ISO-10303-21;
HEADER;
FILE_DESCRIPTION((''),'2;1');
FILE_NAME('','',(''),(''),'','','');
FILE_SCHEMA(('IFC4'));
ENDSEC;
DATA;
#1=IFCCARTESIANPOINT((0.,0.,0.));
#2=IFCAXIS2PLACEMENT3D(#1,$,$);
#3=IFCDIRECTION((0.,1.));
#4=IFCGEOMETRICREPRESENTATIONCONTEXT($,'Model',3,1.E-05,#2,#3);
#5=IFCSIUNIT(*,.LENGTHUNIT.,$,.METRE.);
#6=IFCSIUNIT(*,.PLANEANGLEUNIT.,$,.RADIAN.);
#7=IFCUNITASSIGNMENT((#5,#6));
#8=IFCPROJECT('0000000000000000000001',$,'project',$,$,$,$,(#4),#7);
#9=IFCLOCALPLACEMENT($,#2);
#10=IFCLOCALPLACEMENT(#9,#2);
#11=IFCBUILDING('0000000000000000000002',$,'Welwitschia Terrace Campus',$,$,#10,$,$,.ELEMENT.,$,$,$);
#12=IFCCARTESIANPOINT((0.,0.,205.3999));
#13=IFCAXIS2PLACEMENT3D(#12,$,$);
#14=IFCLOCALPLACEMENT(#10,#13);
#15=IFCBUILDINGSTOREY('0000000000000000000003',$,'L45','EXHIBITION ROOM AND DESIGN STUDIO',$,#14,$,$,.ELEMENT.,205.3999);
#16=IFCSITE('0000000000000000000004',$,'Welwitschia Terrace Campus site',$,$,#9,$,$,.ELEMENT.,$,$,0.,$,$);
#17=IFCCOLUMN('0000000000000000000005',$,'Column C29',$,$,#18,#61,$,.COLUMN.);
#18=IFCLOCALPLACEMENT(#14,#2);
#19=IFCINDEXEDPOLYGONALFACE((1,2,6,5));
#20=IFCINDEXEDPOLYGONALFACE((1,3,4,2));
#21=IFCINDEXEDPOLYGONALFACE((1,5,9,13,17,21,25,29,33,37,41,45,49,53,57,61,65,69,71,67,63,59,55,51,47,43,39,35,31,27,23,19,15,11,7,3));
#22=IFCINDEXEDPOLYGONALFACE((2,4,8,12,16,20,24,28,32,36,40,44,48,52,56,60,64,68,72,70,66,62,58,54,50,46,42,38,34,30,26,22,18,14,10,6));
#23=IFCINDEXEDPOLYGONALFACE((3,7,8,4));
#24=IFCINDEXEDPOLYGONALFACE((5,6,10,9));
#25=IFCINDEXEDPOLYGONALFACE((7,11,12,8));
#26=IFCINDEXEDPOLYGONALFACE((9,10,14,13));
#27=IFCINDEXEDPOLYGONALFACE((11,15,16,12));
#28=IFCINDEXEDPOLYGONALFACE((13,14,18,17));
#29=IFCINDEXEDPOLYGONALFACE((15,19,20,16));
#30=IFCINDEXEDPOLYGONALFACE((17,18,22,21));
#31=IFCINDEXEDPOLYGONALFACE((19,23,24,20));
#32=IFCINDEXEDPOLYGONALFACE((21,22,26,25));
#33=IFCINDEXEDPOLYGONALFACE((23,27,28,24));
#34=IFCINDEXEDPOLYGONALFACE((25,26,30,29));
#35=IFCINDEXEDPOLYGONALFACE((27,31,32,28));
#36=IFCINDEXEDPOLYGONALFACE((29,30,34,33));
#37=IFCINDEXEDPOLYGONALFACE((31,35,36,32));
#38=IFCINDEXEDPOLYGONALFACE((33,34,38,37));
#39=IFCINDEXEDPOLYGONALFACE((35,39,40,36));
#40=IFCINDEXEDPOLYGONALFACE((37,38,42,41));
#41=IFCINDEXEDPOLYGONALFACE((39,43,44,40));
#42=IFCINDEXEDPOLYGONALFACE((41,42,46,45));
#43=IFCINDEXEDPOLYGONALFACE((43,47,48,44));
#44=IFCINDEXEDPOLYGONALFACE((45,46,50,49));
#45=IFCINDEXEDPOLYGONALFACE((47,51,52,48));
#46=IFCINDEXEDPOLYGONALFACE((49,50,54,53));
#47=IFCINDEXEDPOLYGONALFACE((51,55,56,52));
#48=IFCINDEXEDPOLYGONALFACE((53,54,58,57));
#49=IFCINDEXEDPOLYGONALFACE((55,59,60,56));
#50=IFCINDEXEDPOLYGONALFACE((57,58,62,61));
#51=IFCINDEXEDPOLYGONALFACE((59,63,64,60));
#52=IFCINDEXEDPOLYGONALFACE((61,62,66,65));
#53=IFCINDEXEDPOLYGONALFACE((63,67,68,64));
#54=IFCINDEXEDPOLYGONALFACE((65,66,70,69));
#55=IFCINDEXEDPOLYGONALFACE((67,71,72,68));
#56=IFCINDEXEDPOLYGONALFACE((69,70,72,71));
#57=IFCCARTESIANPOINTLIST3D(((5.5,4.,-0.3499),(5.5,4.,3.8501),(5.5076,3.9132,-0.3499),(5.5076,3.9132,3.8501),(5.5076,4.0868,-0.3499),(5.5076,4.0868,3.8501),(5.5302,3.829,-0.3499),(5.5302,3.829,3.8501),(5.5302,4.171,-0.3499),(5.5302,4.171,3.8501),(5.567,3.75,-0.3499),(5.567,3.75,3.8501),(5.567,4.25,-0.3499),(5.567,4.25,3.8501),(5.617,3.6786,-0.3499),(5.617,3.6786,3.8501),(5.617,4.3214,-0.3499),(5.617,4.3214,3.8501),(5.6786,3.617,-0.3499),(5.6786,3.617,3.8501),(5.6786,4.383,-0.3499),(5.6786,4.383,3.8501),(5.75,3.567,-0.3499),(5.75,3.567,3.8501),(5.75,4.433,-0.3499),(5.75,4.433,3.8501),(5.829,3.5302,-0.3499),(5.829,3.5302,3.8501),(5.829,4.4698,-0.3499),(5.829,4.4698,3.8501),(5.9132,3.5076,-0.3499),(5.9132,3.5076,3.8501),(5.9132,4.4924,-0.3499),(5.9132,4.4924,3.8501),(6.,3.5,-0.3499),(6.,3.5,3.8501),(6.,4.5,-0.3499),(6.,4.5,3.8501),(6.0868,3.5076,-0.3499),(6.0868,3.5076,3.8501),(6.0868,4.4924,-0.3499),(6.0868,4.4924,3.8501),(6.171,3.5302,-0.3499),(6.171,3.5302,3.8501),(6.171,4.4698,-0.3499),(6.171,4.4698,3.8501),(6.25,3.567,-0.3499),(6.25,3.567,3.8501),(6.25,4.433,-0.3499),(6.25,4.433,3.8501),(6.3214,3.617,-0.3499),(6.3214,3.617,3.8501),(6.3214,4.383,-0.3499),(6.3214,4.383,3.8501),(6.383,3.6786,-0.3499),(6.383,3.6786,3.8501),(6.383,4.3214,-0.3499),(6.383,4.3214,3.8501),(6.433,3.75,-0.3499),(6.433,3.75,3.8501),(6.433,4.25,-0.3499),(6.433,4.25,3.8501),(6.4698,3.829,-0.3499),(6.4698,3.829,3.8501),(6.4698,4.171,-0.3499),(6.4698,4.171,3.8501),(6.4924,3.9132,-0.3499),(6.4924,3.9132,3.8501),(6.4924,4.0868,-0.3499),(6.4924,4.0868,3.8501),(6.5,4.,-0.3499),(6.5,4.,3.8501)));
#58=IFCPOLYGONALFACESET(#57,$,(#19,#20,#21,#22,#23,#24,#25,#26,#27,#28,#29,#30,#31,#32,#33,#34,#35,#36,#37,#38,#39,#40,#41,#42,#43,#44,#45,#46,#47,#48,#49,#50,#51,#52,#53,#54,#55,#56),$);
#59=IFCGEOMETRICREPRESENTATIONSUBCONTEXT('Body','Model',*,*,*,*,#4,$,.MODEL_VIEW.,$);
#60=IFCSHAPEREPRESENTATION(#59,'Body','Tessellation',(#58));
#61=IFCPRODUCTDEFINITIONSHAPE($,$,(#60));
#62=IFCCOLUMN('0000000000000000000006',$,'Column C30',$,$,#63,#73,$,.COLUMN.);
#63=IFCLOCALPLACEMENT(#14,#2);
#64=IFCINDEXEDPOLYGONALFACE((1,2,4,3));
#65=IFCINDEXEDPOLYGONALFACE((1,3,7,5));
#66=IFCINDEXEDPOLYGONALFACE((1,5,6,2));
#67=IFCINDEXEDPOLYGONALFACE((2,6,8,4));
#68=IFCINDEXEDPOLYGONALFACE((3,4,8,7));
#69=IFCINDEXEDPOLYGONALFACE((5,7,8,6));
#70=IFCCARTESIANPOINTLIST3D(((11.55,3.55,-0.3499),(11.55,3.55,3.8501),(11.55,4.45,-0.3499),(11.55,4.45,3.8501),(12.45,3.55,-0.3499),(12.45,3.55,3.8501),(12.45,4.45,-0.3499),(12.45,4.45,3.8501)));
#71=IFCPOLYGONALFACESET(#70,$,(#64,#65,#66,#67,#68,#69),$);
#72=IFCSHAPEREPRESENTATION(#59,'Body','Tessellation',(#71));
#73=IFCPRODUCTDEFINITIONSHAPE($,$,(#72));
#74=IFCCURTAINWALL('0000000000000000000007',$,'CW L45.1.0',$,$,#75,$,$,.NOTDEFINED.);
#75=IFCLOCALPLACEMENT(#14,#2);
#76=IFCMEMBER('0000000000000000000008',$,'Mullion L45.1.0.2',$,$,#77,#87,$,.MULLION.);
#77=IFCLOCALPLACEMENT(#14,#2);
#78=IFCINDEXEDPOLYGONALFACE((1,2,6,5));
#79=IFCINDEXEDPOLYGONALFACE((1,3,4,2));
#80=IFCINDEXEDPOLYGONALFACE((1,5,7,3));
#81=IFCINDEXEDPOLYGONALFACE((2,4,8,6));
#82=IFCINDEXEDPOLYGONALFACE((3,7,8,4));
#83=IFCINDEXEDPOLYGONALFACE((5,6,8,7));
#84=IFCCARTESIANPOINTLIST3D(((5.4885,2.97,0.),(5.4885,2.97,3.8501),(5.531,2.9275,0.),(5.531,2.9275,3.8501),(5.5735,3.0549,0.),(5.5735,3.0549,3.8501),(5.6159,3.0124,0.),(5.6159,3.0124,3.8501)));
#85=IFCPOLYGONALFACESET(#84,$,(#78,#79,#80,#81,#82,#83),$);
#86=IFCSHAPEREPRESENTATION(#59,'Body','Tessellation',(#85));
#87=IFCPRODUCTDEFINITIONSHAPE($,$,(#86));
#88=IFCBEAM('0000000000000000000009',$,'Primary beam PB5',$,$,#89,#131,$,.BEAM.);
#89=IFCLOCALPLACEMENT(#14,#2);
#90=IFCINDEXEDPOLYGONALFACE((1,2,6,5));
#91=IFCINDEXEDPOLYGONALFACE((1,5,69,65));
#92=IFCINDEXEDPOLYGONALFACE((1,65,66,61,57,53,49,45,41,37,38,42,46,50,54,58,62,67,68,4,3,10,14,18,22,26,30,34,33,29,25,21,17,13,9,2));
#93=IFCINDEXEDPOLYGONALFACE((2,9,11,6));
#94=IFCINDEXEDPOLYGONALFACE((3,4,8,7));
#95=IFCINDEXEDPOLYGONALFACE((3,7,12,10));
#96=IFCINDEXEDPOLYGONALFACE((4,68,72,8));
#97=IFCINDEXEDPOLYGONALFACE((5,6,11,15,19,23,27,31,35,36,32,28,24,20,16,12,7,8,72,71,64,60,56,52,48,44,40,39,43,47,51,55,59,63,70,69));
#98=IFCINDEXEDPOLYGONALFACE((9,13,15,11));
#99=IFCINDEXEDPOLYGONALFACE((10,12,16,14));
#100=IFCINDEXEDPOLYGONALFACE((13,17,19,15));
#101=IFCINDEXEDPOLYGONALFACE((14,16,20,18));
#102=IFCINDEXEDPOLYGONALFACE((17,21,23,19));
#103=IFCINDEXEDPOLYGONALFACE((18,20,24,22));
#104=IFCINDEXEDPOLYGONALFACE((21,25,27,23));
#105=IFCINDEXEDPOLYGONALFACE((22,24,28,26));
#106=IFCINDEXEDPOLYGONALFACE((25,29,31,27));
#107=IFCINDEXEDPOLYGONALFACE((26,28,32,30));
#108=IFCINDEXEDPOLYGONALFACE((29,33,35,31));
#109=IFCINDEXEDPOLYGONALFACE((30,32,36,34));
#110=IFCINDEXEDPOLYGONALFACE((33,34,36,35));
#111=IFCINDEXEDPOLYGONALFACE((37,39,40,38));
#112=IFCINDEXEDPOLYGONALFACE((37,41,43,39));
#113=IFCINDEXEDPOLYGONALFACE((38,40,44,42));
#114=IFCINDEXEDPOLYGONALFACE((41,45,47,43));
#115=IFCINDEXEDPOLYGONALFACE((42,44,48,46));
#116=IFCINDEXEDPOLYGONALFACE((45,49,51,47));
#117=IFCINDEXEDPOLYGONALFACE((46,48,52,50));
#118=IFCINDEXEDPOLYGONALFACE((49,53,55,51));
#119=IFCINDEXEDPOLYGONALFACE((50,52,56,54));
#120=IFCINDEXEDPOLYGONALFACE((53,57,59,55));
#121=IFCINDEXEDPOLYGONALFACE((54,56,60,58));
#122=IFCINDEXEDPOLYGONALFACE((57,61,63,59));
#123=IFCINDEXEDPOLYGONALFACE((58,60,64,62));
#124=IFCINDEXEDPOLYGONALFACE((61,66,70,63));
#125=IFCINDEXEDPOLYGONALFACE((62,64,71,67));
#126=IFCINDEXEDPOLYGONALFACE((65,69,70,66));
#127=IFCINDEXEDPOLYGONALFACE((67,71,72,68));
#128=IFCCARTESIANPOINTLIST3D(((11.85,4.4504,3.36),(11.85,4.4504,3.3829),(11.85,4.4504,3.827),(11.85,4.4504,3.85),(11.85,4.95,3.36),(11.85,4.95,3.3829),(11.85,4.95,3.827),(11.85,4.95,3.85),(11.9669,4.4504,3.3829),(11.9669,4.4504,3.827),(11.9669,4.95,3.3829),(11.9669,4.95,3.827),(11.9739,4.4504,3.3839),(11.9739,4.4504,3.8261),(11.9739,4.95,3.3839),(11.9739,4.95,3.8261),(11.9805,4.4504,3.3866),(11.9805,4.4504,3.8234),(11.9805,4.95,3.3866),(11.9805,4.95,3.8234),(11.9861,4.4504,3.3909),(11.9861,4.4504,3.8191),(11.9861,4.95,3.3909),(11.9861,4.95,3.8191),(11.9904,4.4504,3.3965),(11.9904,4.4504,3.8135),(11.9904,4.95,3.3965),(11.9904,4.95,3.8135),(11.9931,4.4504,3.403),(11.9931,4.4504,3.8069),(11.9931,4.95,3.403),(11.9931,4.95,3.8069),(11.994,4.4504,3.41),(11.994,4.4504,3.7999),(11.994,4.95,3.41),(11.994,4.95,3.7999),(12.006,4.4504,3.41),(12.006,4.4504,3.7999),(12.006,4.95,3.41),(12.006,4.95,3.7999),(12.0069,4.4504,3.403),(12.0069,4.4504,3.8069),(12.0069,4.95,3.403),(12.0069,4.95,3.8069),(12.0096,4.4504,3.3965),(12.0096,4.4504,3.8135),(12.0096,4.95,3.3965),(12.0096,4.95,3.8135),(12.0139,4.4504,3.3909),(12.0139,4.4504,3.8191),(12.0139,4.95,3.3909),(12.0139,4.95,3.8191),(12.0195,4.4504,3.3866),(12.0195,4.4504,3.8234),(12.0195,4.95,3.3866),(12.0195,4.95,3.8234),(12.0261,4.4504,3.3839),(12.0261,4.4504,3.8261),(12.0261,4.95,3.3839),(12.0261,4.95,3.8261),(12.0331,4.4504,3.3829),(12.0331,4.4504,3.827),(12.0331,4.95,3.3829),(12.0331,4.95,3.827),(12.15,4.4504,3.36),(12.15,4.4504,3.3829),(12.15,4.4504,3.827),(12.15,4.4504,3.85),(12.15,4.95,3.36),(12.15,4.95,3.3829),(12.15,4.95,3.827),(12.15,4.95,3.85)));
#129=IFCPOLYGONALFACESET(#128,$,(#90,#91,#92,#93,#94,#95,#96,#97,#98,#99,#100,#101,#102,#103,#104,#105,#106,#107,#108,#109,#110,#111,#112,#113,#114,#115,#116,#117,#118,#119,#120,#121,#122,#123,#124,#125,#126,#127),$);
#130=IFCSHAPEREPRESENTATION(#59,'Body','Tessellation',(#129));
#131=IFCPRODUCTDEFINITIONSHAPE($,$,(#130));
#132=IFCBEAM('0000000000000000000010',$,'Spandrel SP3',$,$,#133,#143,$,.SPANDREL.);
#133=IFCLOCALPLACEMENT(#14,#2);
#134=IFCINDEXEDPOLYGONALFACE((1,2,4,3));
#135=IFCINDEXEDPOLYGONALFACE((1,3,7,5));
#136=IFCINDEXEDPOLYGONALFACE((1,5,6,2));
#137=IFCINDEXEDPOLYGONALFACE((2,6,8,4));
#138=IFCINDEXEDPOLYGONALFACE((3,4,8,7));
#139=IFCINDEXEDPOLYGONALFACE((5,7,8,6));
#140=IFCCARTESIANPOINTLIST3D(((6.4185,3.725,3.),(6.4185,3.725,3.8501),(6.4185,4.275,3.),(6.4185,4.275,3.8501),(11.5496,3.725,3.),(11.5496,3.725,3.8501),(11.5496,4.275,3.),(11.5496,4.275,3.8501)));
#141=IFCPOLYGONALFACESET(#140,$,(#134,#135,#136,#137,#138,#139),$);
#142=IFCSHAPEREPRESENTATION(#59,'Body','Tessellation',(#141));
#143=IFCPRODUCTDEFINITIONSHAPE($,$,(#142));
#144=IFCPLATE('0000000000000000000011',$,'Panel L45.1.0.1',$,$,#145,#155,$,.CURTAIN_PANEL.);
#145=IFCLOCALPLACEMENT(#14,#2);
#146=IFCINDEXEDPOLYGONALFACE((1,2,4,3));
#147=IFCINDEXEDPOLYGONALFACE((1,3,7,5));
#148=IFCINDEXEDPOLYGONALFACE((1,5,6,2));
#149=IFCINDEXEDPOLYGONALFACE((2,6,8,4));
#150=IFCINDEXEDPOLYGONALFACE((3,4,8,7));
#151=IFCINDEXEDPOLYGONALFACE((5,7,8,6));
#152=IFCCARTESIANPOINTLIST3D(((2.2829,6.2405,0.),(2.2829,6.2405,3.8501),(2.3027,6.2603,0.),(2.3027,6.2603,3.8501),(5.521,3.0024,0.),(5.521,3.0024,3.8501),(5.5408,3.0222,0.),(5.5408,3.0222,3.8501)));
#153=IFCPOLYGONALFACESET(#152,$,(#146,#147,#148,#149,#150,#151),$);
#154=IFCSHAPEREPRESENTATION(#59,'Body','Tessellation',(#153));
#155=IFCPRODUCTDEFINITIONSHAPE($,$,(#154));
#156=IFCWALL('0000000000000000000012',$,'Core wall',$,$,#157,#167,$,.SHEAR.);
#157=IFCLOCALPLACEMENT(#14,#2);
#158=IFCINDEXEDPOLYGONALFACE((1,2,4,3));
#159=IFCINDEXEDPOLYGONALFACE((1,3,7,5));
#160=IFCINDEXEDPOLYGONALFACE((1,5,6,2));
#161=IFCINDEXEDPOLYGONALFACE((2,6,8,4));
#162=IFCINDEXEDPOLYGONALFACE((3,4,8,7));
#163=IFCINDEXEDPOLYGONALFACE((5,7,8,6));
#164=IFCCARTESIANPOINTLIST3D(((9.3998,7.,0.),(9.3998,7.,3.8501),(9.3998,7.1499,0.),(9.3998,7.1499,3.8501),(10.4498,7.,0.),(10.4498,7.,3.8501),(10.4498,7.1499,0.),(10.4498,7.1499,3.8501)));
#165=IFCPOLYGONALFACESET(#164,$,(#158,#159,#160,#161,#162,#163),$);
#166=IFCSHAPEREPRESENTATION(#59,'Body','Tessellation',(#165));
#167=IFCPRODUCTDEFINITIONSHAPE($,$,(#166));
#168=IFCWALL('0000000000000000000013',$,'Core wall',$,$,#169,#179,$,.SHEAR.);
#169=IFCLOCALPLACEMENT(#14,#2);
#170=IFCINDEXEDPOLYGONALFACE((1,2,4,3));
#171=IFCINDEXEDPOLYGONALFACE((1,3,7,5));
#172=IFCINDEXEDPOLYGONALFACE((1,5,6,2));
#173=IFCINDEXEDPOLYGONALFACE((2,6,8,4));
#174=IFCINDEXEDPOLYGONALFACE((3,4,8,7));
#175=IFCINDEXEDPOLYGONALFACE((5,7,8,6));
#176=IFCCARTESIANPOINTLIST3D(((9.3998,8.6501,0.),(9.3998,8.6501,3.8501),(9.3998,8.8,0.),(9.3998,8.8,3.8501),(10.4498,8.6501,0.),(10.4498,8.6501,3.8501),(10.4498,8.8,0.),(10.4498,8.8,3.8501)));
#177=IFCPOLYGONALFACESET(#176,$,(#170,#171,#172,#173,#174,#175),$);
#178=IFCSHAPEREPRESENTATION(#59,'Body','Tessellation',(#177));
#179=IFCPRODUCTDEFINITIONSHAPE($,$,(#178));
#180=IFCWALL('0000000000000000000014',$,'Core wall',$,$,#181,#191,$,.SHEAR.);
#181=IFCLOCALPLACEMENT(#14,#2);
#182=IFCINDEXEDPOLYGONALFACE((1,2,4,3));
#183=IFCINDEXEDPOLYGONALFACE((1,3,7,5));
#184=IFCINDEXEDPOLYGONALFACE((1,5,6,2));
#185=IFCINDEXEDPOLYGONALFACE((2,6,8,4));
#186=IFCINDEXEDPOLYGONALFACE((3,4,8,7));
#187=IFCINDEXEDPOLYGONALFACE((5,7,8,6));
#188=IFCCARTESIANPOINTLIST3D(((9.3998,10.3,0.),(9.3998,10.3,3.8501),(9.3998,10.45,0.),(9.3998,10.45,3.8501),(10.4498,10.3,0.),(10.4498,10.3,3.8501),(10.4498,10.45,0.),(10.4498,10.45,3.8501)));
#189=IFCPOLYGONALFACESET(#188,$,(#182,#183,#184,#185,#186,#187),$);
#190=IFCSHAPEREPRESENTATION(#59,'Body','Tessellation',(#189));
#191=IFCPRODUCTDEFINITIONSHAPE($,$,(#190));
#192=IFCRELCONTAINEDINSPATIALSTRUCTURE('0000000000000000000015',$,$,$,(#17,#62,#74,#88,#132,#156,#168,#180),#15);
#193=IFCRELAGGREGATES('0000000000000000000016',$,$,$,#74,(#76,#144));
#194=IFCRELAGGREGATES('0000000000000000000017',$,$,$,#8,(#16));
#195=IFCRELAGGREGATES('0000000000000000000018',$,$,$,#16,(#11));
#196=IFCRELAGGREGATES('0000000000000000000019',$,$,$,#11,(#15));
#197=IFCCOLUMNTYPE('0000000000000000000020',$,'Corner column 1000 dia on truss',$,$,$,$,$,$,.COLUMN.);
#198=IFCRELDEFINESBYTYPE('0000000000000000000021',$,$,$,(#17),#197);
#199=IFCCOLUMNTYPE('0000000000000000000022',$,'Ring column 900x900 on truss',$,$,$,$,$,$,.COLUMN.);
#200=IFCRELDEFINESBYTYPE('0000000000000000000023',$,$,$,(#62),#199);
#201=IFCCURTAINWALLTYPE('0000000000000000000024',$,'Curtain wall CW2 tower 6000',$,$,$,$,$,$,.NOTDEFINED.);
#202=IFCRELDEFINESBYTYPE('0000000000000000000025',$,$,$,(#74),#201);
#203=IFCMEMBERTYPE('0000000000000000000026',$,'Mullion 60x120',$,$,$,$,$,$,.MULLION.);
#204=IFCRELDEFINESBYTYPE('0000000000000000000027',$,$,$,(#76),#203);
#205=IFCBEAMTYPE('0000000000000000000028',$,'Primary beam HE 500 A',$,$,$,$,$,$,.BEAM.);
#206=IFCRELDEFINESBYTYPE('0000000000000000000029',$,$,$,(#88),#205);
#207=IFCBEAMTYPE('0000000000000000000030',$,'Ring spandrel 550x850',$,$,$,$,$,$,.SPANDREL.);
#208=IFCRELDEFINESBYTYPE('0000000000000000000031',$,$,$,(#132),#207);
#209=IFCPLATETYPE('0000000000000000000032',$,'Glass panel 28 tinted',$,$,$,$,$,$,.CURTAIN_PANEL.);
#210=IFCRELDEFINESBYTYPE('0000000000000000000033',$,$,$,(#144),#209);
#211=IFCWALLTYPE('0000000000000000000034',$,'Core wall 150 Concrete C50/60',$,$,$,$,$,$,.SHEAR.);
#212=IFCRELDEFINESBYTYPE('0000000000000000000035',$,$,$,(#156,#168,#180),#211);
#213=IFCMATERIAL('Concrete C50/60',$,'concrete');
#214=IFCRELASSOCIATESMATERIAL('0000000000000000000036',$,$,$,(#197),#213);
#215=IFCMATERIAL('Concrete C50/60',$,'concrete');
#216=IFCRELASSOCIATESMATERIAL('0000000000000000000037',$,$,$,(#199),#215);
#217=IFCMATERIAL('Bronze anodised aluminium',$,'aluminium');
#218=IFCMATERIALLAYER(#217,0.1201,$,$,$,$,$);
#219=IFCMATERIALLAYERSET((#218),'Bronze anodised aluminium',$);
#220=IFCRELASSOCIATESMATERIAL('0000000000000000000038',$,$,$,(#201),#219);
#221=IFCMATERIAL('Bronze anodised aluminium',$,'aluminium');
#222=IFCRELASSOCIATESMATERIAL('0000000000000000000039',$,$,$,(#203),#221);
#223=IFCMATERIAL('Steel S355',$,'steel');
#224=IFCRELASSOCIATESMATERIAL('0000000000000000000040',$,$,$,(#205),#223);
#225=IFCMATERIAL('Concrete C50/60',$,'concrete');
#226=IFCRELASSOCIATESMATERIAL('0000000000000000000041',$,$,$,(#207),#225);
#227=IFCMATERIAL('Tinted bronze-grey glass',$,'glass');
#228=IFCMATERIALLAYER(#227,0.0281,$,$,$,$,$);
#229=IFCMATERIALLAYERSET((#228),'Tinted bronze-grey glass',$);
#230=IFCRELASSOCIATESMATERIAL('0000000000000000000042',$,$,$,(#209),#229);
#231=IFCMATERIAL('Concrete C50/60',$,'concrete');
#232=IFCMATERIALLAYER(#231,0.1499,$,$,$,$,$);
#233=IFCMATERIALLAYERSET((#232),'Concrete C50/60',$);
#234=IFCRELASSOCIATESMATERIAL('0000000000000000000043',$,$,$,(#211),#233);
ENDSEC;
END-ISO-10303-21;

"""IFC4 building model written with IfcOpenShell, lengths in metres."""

from ifc_helpers import new_model, si_unit, direction, frame, frame_2d, origin, origin_2d, place, context, subcontext, project, spatial, rectangle, circle, i_section, extrude, material, layer, layer_set, material_profile, profile_set, type_object, element, aggregate, save


model = new_model("IFC4")

# Units and contexts
model_context = context("Model", 3, precision=1e-05, world=origin(), true_north=direction((0.0, 1.0)))
body_context = subcontext(model_context, "Body", "Model", "MODEL_VIEW")
ifc_project = project(units=[si_unit("LENGTHUNIT", "METRE"), si_unit("PLANEANGLEUNIT", "RADIAN")], contexts=[model_context])

# Site, building, storey
site_placement = place(None, origin())
site = spatial("IfcSite", under=ifc_project, at=site_placement, Name="Welwitschia Terrace Campus site", CompositionType="ELEMENT", RefElevation=0.0)
building_placement = place(site_placement, origin())
building = spatial("IfcBuilding", under=site, at=building_placement, Name="Welwitschia Terrace Campus", CompositionType="ELEMENT")
storey_placement = place(building_placement, frame((0.0, 0.0, 205.3999)))
storey = spatial("IfcBuildingStorey", under=building, at=storey_placement, Name="L45", Description="EXHIBITION ROOM AND DESIGN STUDIO", CompositionType="ELEMENT", Elevation=205.3999)

# Columns
ifc_material_1 = material(Name="Concrete C50/60", Category="concrete")
ifc_material_profile_1 = material_profile(ifc_material_1, circle(Radius=0.5, at=origin_2d()))
ifc_profile_set_1 = profile_set([ifc_material_profile_1], Name="Concrete C50/60")
column_type_1 = type_object("IfcColumnType", Name="Corner column 1000 dia on truss", PredefinedType="COLUMN", material=ifc_profile_set_1)
column_1_placement = place(storey_placement, frame((6.0, 4.0, -0.3499), z_axis=(0.0, 0.0, 1.0), x_axis=(1.0, 0.0, 0.0)))
element("IfcColumn", 1, at=column_1_placement, inside=storey, type_object=column_type_1, Name="Column C29", PredefinedType="COLUMN", context=body_context, shape_type="SweptSolid", body=[
    extrude(circle(Radius=0.5, at=origin_2d()), origin(), (0.0, 0.0, 1.0), 4.2),
])
ifc_material_2 = material(Name="Concrete C50/60", Category="concrete")
ifc_material_profile_2 = material_profile(ifc_material_2, rectangle(XDim=0.8999, YDim=0.8999, at=origin_2d()))
ifc_profile_set_2 = profile_set([ifc_material_profile_2], Name="Concrete C50/60")
column_type_2 = type_object("IfcColumnType", Name="Ring column 900x900 on truss", PredefinedType="COLUMN", material=ifc_profile_set_2)
column_2_placement = place(storey_placement, frame((12.0, 4.0, -0.3499), z_axis=(0.0, 0.0, 1.0), x_axis=(1.0, 0.0, 0.0)))
element("IfcColumn", 2, at=column_2_placement, inside=storey, type_object=column_type_2, Name="Column C30", PredefinedType="COLUMN", context=body_context, shape_type="SweptSolid", body=[
    extrude(rectangle(XDim=0.8999, YDim=0.8999, at=origin_2d()), origin(), (0.0, 0.0, 1.0), 4.2),
])

# Curtain wall, member
ifc_material_3 = material(Name="Bronze anodised aluminium", Category="aluminium")
ifc_layer_1 = layer(ifc_material_3, 0.1201)
ifc_layer_set_1 = layer_set([ifc_layer_1], Name="Bronze anodised aluminium")
curtain_wall_type = type_object("IfcCurtainWallType", Name="Curtain wall CW2 tower 6000", PredefinedType="NOTDEFINED", material=ifc_layer_set_1)
curtain_wall_placement = place(storey_placement, origin())
curtain_wall = element("IfcCurtainWall", 3, at=curtain_wall_placement, inside=storey, type_object=curtain_wall_type, Name="CW L45.1.0", PredefinedType="NOTDEFINED")
ifc_material_4 = material(Name="Bronze anodised aluminium", Category="aluminium")
ifc_material_profile_3 = material_profile(ifc_material_4, rectangle(XDim=0.1201, YDim=0.0601, at=origin_2d()))
ifc_profile_set_3 = profile_set([ifc_material_profile_3], Name="Bronze anodised aluminium")
member_type = type_object("IfcMemberType", Name="Mullion 60x120", PredefinedType="MULLION", material=ifc_profile_set_3)
member_placement = place(storey_placement, frame((5.5522, 2.9912, 0.0), z_axis=(0.0, 0.0, 1.0), x_axis=(0.707107, 0.707107, 0.0)))
member = element("IfcMember", 4, at=member_placement, type_object=member_type, Name="Mullion L45.1.0.2", PredefinedType="MULLION", context=body_context, shape_type="SweptSolid", body=[
    extrude(rectangle(XDim=0.1201, YDim=0.0601, at=origin_2d()), origin(), (0.0, 0.0, 1.0), 3.8501),
])

# Beams
ifc_material_5 = material(Name="Steel S355", Category="steel")
ifc_material_profile_4 = material_profile(ifc_material_5, i_section(OverallWidth=0.3, OverallDepth=0.49, WebThickness=0.012, FlangeThickness=0.0229, FilletRadius=0.0271, at=origin_2d()))
ifc_profile_set_4 = profile_set([ifc_material_profile_4], Name="Steel S355")
beam_type_1 = type_object("IfcBeamType", Name="Primary beam HE 500 A", PredefinedType="BEAM", material=ifc_profile_set_4)
beam_1_placement = place(storey_placement, frame((12.0, 4.4504, 3.605), z_axis=(0.0, 1.0, 0.0), x_axis=(-1.0, 0.0, 0.0)))
element("IfcBeam", 5, at=beam_1_placement, inside=storey, type_object=beam_type_1, Name="Primary beam PB5", PredefinedType="BEAM", context=body_context, shape_type="SweptSolid", body=[
    extrude(i_section(OverallWidth=0.3, OverallDepth=0.49, WebThickness=0.012, FlangeThickness=0.0229, FilletRadius=0.0271, at=origin_2d()), origin(), (0.0, 0.0, 1.0), 0.4995),
])
ifc_material_6 = material(Name="Concrete C50/60", Category="concrete")
ifc_material_profile_5 = material_profile(ifc_material_6, rectangle(XDim=0.55, YDim=0.8501, at=origin_2d()))
ifc_profile_set_5 = profile_set([ifc_material_profile_5], Name="Concrete C50/60")
beam_type_2 = type_object("IfcBeamType", Name="Ring spandrel 550x850", PredefinedType="SPANDREL", material=ifc_profile_set_5)
beam_2_placement = place(storey_placement, frame((6.4185, 4.0, 3.425), z_axis=(1.0, 0.0, 0.0), x_axis=(0.0, 1.0, 0.0)))
element("IfcBeam", 6, at=beam_2_placement, inside=storey, type_object=beam_type_2, Name="Spandrel SP3", PredefinedType="SPANDREL", context=body_context, shape_type="SweptSolid", body=[
    extrude(rectangle(XDim=0.55, YDim=0.8501, at=origin_2d()), origin(), (0.0, 0.0, 1.0), 5.1311),
])

# Plate
ifc_material_7 = material(Name="Tinted bronze-grey glass", Category="glass")
ifc_layer_2 = layer(ifc_material_7, 0.0281)
ifc_layer_set_2 = layer_set([ifc_layer_2], Name="Tinted bronze-grey glass")
plate_type = type_object("IfcPlateType", Name="Glass panel 28 tinted", PredefinedType="CURTAIN_PANEL", material=ifc_layer_set_2)
plate_placement = place(storey_placement, frame((3.9119, 4.6313, 0.0), z_axis=(0.0, 0.0, 1.0), x_axis=(0.707107, -0.707107, 0.0)))
plate = element("IfcPlate", 7, at=plate_placement, type_object=plate_type, Name="Panel L45.1.0.1", PredefinedType="CURTAIN_PANEL", context=body_context, shape_type="SweptSolid", body=[
    extrude(rectangle(XDim=4.5793, YDim=0.0281, at=origin_2d()), origin(), (0.0, 0.0, 1.0), 3.8501),
])
aggregate(curtain_wall, [member, plate])

# Walls
ifc_material_8 = material(Name="Concrete C50/60", Category="concrete")
ifc_layer_3 = layer(ifc_material_8, 0.1499)
ifc_layer_set_3 = layer_set([ifc_layer_3], Name="Concrete C50/60")
wall_type_1 = type_object("IfcWallType", Name="Core wall 150 Concrete C50/60", PredefinedType="SHEAR", material=ifc_layer_set_3)
for number, where, z_axis, x_axis, name in (
    (8, (9.3999, 7.075, 0.0), (0.0, 0.0, 1.0), (1.0, 0.0, 0.0), "Core wall"),
    (9, (9.3999, 8.7251, 0.0), (0.0, 0.0, 1.0), (1.0, 0.0, 0.0), "Core wall"),
    (10, (9.3999, 10.375, 0.0), (0.0, 0.0, 1.0), (1.0, 0.0, 0.0), "Core wall"),
):
    element("IfcWall", number, at=place(storey_placement, frame(where, z_axis=z_axis, x_axis=x_axis)), inside=storey, type_object=wall_type_1, Name=name, PredefinedType="SHEAR", context=body_context, shape_type="SweptSolid", body=[
        extrude(rectangle(XDim=1.05, YDim=0.1499, at=frame_2d((0.5249, 0.0))), origin(), (0.0, 0.0, 1.0), 3.8501),
    ])

save(model, "model.ifc")
